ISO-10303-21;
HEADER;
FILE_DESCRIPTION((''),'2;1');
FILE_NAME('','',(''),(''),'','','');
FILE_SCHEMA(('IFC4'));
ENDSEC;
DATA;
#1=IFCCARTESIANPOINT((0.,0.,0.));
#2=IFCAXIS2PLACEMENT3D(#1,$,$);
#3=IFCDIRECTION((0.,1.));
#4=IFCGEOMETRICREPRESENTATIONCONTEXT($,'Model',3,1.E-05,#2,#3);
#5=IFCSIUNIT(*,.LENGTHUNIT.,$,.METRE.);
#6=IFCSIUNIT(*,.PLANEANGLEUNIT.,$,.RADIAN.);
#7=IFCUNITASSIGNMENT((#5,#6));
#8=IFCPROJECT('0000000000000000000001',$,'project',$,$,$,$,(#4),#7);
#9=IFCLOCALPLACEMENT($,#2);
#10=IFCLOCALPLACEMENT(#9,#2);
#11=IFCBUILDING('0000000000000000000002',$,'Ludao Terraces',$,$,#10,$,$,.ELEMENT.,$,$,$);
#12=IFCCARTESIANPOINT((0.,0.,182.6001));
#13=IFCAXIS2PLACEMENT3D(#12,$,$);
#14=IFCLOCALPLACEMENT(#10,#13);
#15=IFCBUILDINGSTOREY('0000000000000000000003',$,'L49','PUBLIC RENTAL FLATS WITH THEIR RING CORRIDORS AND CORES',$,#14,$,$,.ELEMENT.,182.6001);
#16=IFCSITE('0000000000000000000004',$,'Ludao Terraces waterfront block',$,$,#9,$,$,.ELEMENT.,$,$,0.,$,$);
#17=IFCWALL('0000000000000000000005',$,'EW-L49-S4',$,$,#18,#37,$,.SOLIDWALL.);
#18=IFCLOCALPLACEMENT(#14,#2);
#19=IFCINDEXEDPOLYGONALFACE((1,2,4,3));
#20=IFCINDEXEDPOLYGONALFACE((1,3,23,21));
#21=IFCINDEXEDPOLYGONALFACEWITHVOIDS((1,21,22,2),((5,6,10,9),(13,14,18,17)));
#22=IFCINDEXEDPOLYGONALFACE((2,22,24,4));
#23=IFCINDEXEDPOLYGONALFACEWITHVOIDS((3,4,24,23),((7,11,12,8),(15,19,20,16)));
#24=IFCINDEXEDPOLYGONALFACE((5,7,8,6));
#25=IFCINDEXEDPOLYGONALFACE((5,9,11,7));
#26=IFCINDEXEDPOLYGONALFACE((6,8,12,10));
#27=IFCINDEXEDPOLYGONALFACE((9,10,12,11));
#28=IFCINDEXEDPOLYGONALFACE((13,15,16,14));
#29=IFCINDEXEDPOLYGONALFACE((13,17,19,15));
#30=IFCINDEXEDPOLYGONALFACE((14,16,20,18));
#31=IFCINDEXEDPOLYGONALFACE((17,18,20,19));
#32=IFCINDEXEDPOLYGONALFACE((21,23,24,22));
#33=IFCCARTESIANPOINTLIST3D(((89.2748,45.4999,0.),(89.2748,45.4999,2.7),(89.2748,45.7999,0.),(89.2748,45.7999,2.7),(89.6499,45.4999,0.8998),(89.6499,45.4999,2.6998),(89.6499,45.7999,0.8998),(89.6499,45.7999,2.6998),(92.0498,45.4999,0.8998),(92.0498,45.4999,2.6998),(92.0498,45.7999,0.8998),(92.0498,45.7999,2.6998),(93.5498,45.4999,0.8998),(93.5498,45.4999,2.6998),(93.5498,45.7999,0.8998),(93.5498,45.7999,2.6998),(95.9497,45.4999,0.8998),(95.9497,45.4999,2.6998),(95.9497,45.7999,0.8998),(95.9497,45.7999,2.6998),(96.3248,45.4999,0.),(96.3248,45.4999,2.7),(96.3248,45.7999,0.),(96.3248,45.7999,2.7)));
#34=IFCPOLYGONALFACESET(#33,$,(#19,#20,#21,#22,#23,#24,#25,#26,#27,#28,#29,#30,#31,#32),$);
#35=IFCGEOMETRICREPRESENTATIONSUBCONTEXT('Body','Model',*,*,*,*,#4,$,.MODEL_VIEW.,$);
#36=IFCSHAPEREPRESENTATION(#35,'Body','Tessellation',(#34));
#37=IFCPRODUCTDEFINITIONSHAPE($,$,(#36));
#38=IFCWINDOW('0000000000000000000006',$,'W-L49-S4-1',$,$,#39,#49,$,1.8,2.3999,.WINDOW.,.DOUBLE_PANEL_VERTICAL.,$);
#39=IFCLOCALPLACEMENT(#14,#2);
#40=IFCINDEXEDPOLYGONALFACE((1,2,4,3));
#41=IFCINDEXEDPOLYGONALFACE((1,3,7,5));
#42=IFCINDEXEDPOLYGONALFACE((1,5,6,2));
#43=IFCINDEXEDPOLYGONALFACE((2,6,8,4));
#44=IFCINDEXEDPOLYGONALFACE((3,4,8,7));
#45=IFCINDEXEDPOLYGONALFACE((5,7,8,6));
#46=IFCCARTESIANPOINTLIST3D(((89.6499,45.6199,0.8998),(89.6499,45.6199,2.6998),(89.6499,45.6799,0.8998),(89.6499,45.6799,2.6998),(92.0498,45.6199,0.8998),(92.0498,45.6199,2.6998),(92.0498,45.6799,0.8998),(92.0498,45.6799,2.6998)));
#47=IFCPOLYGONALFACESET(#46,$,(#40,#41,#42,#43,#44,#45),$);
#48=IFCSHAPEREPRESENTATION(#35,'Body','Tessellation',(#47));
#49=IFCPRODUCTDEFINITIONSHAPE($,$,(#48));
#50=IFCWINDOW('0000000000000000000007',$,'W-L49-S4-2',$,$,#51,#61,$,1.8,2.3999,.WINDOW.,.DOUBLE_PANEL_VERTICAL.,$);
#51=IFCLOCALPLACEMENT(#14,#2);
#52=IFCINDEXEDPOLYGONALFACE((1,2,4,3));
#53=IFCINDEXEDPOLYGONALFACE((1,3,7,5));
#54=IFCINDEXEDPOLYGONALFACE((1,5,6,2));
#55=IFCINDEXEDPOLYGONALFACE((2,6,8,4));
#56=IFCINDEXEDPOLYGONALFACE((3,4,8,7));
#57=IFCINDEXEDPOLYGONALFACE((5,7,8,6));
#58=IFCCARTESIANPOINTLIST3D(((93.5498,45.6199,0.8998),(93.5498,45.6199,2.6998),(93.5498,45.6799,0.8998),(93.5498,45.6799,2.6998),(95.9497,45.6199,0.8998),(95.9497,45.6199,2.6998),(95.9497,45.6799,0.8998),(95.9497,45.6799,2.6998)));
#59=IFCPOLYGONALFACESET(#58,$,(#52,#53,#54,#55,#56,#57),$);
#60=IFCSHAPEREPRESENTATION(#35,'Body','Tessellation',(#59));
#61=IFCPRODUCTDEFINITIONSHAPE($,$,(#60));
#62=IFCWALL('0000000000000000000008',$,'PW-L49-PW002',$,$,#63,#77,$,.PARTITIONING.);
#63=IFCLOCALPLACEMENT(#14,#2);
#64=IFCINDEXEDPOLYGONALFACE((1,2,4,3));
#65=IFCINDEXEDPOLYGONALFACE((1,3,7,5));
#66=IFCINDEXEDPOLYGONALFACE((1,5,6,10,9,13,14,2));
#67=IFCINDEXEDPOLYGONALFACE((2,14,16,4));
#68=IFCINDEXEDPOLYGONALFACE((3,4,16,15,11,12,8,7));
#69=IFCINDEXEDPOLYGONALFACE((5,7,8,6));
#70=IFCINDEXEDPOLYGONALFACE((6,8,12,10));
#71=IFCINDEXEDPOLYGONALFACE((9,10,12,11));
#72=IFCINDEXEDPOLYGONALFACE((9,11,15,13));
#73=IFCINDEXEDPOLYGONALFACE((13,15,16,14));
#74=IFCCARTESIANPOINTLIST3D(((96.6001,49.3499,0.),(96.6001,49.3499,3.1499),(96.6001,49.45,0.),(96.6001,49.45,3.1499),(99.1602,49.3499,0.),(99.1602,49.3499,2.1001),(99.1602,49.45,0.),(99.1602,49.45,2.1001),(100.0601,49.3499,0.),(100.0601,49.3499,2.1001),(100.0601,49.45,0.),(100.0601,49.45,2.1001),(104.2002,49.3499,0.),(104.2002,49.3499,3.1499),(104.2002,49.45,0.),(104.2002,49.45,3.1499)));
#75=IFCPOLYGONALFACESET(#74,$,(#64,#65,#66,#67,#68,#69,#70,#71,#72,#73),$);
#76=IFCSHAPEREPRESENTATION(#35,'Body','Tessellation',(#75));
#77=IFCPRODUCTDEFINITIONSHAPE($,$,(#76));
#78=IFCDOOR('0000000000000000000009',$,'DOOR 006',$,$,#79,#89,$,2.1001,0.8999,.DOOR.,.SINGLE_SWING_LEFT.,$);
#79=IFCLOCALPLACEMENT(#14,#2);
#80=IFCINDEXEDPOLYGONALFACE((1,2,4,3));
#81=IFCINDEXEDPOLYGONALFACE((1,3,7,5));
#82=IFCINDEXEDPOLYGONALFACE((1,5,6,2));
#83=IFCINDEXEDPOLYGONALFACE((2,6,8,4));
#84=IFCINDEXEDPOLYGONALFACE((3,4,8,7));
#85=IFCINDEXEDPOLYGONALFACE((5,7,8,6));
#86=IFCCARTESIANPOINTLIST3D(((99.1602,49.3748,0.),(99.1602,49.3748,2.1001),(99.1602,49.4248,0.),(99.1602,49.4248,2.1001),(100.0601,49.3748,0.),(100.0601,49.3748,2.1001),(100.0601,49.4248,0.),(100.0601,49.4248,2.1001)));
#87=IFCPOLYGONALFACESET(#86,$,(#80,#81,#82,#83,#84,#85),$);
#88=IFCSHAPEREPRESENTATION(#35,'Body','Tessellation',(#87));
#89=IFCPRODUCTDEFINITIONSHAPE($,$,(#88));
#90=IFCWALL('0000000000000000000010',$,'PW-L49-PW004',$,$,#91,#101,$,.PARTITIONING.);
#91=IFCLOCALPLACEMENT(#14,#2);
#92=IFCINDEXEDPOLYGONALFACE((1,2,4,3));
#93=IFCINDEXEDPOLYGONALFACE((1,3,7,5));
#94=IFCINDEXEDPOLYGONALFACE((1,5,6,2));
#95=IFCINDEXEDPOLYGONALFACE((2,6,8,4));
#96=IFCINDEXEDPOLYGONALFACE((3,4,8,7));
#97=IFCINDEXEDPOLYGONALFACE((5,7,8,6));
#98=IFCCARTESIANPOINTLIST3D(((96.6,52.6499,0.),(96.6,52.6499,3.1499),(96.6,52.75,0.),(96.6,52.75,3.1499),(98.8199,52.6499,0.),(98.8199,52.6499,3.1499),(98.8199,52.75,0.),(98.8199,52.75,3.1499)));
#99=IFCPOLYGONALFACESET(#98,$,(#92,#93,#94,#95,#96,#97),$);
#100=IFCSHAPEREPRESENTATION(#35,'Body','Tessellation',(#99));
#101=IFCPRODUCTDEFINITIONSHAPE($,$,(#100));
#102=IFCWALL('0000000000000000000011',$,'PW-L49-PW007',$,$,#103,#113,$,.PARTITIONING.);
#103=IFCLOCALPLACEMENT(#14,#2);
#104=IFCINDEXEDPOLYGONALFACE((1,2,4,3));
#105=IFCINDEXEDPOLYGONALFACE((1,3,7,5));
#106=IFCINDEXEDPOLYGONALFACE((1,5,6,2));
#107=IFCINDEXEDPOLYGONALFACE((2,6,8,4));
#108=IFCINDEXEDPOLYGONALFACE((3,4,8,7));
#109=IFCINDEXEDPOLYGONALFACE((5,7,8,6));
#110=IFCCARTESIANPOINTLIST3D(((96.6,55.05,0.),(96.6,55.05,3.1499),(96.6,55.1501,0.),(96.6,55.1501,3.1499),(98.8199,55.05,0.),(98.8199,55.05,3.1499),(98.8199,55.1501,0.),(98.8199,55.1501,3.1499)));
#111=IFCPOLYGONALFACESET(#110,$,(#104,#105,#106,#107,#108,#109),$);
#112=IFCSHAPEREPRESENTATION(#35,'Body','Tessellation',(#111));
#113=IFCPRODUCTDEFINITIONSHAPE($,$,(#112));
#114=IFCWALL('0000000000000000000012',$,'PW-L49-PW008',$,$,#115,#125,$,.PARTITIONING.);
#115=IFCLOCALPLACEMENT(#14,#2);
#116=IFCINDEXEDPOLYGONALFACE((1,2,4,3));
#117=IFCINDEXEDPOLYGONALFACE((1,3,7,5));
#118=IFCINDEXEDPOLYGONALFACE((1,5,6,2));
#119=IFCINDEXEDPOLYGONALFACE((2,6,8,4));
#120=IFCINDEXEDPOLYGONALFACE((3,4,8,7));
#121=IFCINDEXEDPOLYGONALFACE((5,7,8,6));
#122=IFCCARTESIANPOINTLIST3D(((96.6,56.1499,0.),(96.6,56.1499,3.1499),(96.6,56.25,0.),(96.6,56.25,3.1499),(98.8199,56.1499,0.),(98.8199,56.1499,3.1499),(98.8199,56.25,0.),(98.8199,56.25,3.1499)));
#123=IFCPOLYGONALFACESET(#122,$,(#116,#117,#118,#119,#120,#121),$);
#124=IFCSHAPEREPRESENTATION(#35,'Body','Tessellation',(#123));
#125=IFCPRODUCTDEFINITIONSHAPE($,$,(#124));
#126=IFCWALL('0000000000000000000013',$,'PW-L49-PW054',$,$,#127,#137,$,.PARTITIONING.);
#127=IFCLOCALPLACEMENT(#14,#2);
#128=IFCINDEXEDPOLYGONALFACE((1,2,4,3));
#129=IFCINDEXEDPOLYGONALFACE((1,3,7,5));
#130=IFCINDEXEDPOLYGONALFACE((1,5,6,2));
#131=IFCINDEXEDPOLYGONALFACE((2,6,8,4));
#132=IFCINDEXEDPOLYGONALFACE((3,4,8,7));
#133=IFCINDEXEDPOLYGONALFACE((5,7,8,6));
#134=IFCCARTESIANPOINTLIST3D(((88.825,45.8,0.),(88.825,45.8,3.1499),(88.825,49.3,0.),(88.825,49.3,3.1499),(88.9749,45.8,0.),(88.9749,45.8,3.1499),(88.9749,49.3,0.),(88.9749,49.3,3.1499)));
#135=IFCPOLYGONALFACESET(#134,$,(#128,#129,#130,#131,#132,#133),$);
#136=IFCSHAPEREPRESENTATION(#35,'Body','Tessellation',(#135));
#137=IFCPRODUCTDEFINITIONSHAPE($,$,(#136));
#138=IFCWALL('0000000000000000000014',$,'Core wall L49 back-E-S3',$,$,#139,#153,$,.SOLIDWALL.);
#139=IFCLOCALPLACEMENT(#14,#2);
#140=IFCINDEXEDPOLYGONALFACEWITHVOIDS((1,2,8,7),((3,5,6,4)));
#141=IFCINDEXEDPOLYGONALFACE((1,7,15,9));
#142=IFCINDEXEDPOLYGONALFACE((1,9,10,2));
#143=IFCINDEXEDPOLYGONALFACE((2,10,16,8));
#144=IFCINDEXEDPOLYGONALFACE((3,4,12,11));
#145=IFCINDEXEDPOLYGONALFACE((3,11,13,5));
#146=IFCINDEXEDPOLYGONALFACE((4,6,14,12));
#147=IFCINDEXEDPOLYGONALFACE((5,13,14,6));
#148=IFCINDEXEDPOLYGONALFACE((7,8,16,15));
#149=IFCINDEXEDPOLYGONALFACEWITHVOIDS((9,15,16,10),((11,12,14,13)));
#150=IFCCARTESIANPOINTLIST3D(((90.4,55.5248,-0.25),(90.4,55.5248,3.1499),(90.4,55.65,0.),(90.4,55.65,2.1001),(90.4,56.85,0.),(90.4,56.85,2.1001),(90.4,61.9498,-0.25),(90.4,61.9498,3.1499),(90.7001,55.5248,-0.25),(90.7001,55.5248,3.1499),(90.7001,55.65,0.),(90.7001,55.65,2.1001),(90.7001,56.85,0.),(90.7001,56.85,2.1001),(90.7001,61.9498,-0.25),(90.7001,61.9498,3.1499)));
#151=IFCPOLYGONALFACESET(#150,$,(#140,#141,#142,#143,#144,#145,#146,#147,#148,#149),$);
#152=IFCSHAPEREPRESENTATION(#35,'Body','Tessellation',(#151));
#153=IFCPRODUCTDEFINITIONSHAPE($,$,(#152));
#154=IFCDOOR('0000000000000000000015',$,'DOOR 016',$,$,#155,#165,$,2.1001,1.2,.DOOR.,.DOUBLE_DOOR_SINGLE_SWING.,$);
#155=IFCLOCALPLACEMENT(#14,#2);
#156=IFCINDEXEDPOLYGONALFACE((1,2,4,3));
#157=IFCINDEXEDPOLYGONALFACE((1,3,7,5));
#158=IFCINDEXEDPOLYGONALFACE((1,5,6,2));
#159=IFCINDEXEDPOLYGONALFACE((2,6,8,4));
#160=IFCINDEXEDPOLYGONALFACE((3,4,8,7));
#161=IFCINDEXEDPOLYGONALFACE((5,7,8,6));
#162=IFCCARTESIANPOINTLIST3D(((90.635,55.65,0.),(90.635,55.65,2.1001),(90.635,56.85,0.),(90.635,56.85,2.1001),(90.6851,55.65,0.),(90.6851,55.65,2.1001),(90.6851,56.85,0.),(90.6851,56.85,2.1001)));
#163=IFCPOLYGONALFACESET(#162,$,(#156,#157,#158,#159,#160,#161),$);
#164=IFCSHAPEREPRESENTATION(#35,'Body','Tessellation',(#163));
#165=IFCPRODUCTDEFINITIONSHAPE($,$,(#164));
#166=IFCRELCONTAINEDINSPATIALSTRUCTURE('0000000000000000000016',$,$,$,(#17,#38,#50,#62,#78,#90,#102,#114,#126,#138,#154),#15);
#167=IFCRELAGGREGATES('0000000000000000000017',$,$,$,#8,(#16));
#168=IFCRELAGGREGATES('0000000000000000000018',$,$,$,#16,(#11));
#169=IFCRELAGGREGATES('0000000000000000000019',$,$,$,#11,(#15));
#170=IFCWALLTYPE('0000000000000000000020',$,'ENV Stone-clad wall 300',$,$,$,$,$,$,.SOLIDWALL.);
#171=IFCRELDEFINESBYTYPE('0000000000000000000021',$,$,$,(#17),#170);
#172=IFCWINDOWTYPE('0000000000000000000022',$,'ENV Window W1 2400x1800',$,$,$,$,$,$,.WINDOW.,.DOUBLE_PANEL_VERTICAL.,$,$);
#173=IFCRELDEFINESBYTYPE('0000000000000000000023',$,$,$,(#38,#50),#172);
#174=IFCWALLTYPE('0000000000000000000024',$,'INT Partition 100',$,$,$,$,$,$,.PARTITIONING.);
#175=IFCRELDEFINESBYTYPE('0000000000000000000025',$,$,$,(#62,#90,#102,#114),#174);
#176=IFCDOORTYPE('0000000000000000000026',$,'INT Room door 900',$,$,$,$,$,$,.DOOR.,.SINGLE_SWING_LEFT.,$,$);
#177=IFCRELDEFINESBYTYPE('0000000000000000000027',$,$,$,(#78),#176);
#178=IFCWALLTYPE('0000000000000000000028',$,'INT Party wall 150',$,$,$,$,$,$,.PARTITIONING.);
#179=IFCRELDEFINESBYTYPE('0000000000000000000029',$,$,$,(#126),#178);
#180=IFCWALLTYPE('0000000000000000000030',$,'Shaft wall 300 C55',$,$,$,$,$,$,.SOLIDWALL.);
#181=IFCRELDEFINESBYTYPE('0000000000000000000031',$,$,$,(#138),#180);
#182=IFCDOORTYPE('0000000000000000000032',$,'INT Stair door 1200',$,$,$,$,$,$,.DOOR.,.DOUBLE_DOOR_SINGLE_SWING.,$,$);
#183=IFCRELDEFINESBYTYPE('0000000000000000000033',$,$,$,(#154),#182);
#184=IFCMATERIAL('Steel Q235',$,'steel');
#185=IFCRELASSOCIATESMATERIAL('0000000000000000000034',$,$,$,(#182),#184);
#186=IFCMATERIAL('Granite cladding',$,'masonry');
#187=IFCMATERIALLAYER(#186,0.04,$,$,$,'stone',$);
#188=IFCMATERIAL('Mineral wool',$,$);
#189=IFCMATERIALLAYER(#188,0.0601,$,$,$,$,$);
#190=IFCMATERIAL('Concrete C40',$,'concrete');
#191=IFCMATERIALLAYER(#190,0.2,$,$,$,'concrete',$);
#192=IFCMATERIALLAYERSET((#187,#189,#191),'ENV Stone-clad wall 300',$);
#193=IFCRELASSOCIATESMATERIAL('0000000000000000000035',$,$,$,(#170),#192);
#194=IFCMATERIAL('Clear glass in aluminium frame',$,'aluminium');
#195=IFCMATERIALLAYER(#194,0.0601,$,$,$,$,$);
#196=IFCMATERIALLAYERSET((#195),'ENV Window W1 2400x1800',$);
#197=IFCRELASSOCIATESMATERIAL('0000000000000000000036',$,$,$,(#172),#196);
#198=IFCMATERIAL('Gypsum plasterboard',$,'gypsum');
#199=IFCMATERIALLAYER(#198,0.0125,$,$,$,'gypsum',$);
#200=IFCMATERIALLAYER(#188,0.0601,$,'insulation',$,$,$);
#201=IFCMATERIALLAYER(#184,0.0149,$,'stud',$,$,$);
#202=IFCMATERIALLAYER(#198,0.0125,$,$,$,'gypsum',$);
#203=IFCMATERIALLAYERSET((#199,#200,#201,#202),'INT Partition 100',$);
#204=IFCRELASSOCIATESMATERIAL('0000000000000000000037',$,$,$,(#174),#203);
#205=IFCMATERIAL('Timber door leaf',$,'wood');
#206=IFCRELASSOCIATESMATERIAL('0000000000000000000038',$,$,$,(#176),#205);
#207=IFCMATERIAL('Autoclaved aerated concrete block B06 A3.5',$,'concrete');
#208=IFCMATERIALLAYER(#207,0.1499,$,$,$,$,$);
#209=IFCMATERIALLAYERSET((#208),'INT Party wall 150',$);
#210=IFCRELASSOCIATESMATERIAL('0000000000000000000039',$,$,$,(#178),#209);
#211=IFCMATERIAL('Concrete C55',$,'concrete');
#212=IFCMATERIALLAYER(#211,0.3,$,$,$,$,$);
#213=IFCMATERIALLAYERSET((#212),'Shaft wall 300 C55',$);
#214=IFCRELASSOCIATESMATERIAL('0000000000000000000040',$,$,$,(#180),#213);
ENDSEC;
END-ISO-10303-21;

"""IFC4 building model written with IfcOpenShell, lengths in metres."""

from ifc_helpers import new_model, si_unit, direction, frame, frame_2d, origin, place, context, subcontext, project, spatial, rectangle, extrude, material, layer, layer_set, type_object, element, fill, save


model = new_model("IFC4")

# Units and contexts
model_context = context("Model", 3, precision=1e-05, world=origin(), true_north=direction((0.0, 1.0)))
body_context = subcontext(model_context, "Body", "Model", "MODEL_VIEW")
ifc_project = project(units=[si_unit("LENGTHUNIT", "METRE"), si_unit("PLANEANGLEUNIT", "RADIAN")], contexts=[model_context])

# Site, building, storey
site_placement = place(None, origin())
site = spatial("IfcSite", under=ifc_project, at=site_placement, Name="Ludao Terraces waterfront block", CompositionType="ELEMENT", RefElevation=0.0)
building_placement = place(site_placement, origin())
building = spatial("IfcBuilding", under=site, at=building_placement, Name="Ludao Terraces", CompositionType="ELEMENT")
storey_placement = place(building_placement, frame((0.0, 0.0, 182.6001)))
storey = spatial("IfcBuildingStorey", under=building, at=storey_placement, Name="L49", Description="PUBLIC RENTAL FLATS WITH THEIR RING CORRIDORS AND CORES", CompositionType="ELEMENT", Elevation=182.6001)

# Shared definitions
ifc_material_1 = material(Name="Concrete C40", Category="concrete")

# Shared definitions
ifc_material_2 = material(Name="Steel Q235", Category="steel")
door_type_1 = type_object("IfcDoorType", Name="INT Stair door 1200", OperationType="DOUBLE_DOOR_SINGLE_SWING", PredefinedType="DOOR", material=ifc_material_2)

# Wall, openings, windows
ifc_material_3 = material(Name="Granite cladding", Category="masonry")
ifc_layer_1 = layer(ifc_material_3, 0.04, Category="stone")
ifc_material_4 = material(Name="Mineral wool")
ifc_layer_2 = layer(ifc_material_4, 0.0601)
ifc_layer_3 = layer(ifc_material_1, 0.2, Category="concrete")
ifc_layer_set_1 = layer_set([ifc_layer_1, ifc_layer_2, ifc_layer_3], Name="ENV Stone-clad wall 300")
wall_type_1 = type_object("IfcWallType", Name="ENV Stone-clad wall 300", PredefinedType="SOLIDWALL", material=ifc_layer_set_1)
wall_1_placement = place(storey_placement, frame((89.2749, 45.6499, 0.0), z_axis=(0.0, 0.0, 1.0), x_axis=(1.0, 0.0, 0.0)))
wall_1 = element("IfcWall", 1, at=wall_1_placement, inside=storey, type_object=wall_type_1, Name="EW-L49-S4", PredefinedType="SOLIDWALL", context=body_context, shape_type="SweptSolid", body=[
    extrude(rectangle(XDim=7.05, YDim=0.3, at=frame_2d((3.5249, 0.0))), origin(), (0.0, 0.0, 1.0), 2.7),
])
opening_1_placement = place(wall_1_placement, frame((0.375, 0.0, 0.8999)))
opening_1 = element("IfcOpeningElement", 2, at=opening_1_placement, cuts=wall_1, PredefinedType="OPENING", context=body_context, shape_type="SweptSolid", body=[
    extrude(rectangle(XDim=2.3999, YDim=1.8, at=frame_2d((1.2, 0.8999))), frame((0.0, 0.1602, 0.0), z_axis=(0.0, -1.0, 0.0), x_axis=(1.0, 0.0, 0.0)), (0.0, 0.0, 1.0), 0.3201),
])
opening_2_placement = place(wall_1_placement, frame((4.2749, 0.0, 0.8999)))
opening_2 = element("IfcOpeningElement", 3, at=opening_2_placement, cuts=wall_1, PredefinedType="OPENING", context=body_context, shape_type="SweptSolid", body=[
    extrude(rectangle(XDim=2.3999, YDim=1.8, at=frame_2d((1.2, 0.8999))), frame((0.0, 0.1602, 0.0), z_axis=(0.0, -1.0, 0.0), x_axis=(1.0, 0.0, 0.0)), (0.0, 0.0, 1.0), 0.3201),
])
ifc_material_5 = material(Name="Clear glass in aluminium frame", Category="aluminium")
ifc_layer_4 = layer(ifc_material_5, 0.0601)
ifc_layer_set_2 = layer_set([ifc_layer_4], Name="ENV Window W1 2400x1800")
window_type = type_object("IfcWindowType", Name="ENV Window W1 2400x1800", PartitioningType="DOUBLE_PANEL_VERTICAL", PredefinedType="WINDOW", material=ifc_layer_set_2)
window_1_placement = place(opening_1_placement, origin())
window_1 = element("IfcWindow", 4, at=window_1_placement, inside=storey, type_object=window_type, Name="W-L49-S4-1", OverallHeight=1.8, OverallWidth=2.3999, PartitioningType="DOUBLE_PANEL_VERTICAL", PredefinedType="WINDOW", context=body_context, shape_type="SweptSolid", body=[
    extrude(rectangle(XDim=2.3999, YDim=1.8, at=frame_2d((1.2, 0.8999))), frame((0.0, 0.03, 0.0), z_axis=(0.0, -1.0, 0.0), x_axis=(1.0, 0.0, 0.0)), (0.0, 0.0, 1.0), 0.0601),
])
fill(opening_1, window_1)
window_2_placement = place(opening_2_placement, origin())
window_2 = element("IfcWindow", 5, at=window_2_placement, inside=storey, type_object=window_type, Name="W-L49-S4-2", OverallHeight=1.8, OverallWidth=2.3999, PartitioningType="DOUBLE_PANEL_VERTICAL", PredefinedType="WINDOW", context=body_context, shape_type="SweptSolid", body=[
    extrude(rectangle(XDim=2.3999, YDim=1.8, at=frame_2d((1.2, 0.8999))), frame((0.0, 0.03, 0.0), z_axis=(0.0, -1.0, 0.0), x_axis=(1.0, 0.0, 0.0)), (0.0, 0.0, 1.0), 0.0601),
])
fill(opening_2, window_2)

# Wall, opening, door
ifc_material_6 = material(Name="Gypsum plasterboard", Category="gypsum")
ifc_layer_5 = layer(ifc_material_6, 0.0125, Category="gypsum")
ifc_layer_6 = layer(ifc_material_4, 0.0601, Name="insulation")
ifc_layer_7 = layer(ifc_material_2, 0.0149, Name="stud")
ifc_layer_8 = layer(ifc_material_6, 0.0125, Category="gypsum")
ifc_layer_set_3 = layer_set([ifc_layer_5, ifc_layer_6, ifc_layer_7, ifc_layer_8], Name="INT Partition 100")
wall_type_2 = type_object("IfcWallType", Name="INT Partition 100", PredefinedType="PARTITIONING", material=ifc_layer_set_3)
wall_2_placement = place(storey_placement, frame((96.6001, 49.3999, 0.0), z_axis=(0.0, 0.0, 1.0), x_axis=(1.0, 0.0, 0.0)))
wall_2 = element("IfcWall", 6, at=wall_2_placement, inside=storey, type_object=wall_type_2, Name="PW-L49-PW002", PredefinedType="PARTITIONING", context=body_context, shape_type="SweptSolid", body=[
    extrude(rectangle(XDim=7.6001, YDim=0.1001, at=frame_2d((3.8, 0.0))), origin(), (0.0, 0.0, 1.0), 3.1499),
])
opening_3_placement = place(wall_2_placement, frame((2.5601, 0.0, 0.0)))
opening_3 = element("IfcOpeningElement", 7, at=opening_3_placement, cuts=wall_2, PredefinedType="OPENING", context=body_context, shape_type="SweptSolid", body=[
    extrude(rectangle(XDim=0.8999, YDim=2.1001, at=frame_2d((0.45, 1.05))), frame((0.0, 0.0601, 0.0), z_axis=(0.0, -1.0, 0.0), x_axis=(1.0, 0.0, 0.0)), (0.0, 0.0, 1.0), 0.1201),
])
ifc_material_7 = material(Name="Timber door leaf", Category="wood")
door_type_2 = type_object("IfcDoorType", Name="INT Room door 900", OperationType="SINGLE_SWING_LEFT", PredefinedType="DOOR", material=ifc_material_7)
door_1_placement = place(opening_3_placement, origin())
door_1 = element("IfcDoor", 8, at=door_1_placement, inside=storey, type_object=door_type_2, Name="DOOR 006", OperationType="SINGLE_SWING_LEFT", OverallHeight=2.1001, OverallWidth=0.8999, PredefinedType="DOOR", context=body_context, shape_type="SweptSolid", body=[
    extrude(rectangle(XDim=0.8999, YDim=2.1001, at=frame_2d((0.45, 1.05))), frame((0.0, 0.0249, 0.0), z_axis=(0.0, -1.0, 0.0), x_axis=(1.0, 0.0, 0.0)), (0.0, 0.0, 1.0), 0.05),
])
fill(opening_3, door_1)

# Walls
for number, where, z_axis, x_axis, name in (
    (9, (96.6001, 52.7, 0.0), (0.0, 0.0, 1.0), (1.0, 0.0, 0.0), "PW-L49-PW004"),
    (10, (96.6001, 55.1001, 0.0), (0.0, 0.0, 1.0), (1.0, 0.0, 0.0), "PW-L49-PW007"),
    (11, (96.6001, 56.2, 0.0), (0.0, 0.0, 1.0), (1.0, 0.0, 0.0), "PW-L49-PW008"),
):
    element("IfcWall", number, at=place(storey_placement, frame(where, z_axis=z_axis, x_axis=x_axis)), inside=storey, type_object=wall_type_2, Name=name, PredefinedType="PARTITIONING", context=body_context, shape_type="SweptSolid", body=[
        extrude(rectangle(XDim=2.22, YDim=0.1001, at=frame_2d((1.1099, 0.0))), origin(), (0.0, 0.0, 1.0), 3.1499),
    ])
ifc_material_8 = material(Name="Autoclaved aerated concrete block B06 A3.5", Category="concrete")
ifc_layer_9 = layer(ifc_material_8, 0.1499)
ifc_layer_set_4 = layer_set([ifc_layer_9], Name="INT Party wall 150")
wall_type_3 = type_object("IfcWallType", Name="INT Party wall 150", PredefinedType="PARTITIONING", material=ifc_layer_set_4)
wall_3_placement = place(storey_placement, frame((88.8999, 45.8, 0.0), z_axis=(0.0, 0.0, 1.0), x_axis=(0.0, 1.0, 0.0)))
element("IfcWall", 12, at=wall_3_placement, inside=storey, type_object=wall_type_3, Name="PW-L49-PW054", PredefinedType="PARTITIONING", context=body_context, shape_type="SweptSolid", body=[
    extrude(rectangle(XDim=3.5, YDim=0.1499, at=frame_2d((1.75, 0.0))), origin(), (0.0, 0.0, 1.0), 3.1499),
])

# Wall, opening, door
ifc_material_9 = material(Name="Concrete C55", Category="concrete")
ifc_layer_10 = layer(ifc_material_9, 0.3)
ifc_layer_set_5 = layer_set([ifc_layer_10], Name="Shaft wall 300 C55")
wall_type_4 = type_object("IfcWallType", Name="Shaft wall 300 C55", PredefinedType="SOLIDWALL", material=ifc_layer_set_5)
wall_4_placement = place(storey_placement, frame((90.55, 55.5249, -0.25), z_axis=(0.0, 0.0, 1.0), x_axis=(0.0, 1.0, 0.0)))
wall_4 = element("IfcWall", 13, at=wall_4_placement, inside=storey, type_object=wall_type_4, Name="Core wall L49 back-E-S3", PredefinedType="SOLIDWALL", context=body_context, shape_type="SweptSolid", body=[
    extrude(rectangle(XDim=6.425, YDim=0.3, at=frame_2d((3.2124, 0.0))), origin(), (0.0, 0.0, 1.0), 3.3999),
])
opening_4_placement = place(wall_4_placement, frame((0.125, 0.0, 0.25)))
opening_4 = element("IfcOpeningElement", 14, at=opening_4_placement, cuts=wall_4, PredefinedType="OPENING", context=body_context, shape_type="SweptSolid", body=[
    extrude(rectangle(XDim=1.2, YDim=2.1001, at=frame_2d((0.6001, 1.05))), frame((0.0, 0.1602, 0.0), z_axis=(0.0, -1.0, 0.0), x_axis=(1.0, 0.0, 0.0)), (0.0, 0.0, 1.0), 0.3201),
])
door_2_placement = place(opening_4_placement, origin())
door_2 = element("IfcDoor", 15, at=door_2_placement, inside=storey, type_object=door_type_1, Name="DOOR 016", OperationType="DOUBLE_DOOR_SINGLE_SWING", OverallHeight=2.1001, OverallWidth=1.2, PredefinedType="DOOR", context=body_context, shape_type="SweptSolid", body=[
    extrude(rectangle(XDim=1.2, YDim=2.1001, at=frame_2d((0.6001, 1.05))), frame((0.0, -0.085, 0.0), z_axis=(0.0, -1.0, 0.0), x_axis=(1.0, 0.0, 0.0)), (0.0, 0.0, 1.0), 0.05),
])
fill(opening_4, door_2)

save(model, "model.ifc")
